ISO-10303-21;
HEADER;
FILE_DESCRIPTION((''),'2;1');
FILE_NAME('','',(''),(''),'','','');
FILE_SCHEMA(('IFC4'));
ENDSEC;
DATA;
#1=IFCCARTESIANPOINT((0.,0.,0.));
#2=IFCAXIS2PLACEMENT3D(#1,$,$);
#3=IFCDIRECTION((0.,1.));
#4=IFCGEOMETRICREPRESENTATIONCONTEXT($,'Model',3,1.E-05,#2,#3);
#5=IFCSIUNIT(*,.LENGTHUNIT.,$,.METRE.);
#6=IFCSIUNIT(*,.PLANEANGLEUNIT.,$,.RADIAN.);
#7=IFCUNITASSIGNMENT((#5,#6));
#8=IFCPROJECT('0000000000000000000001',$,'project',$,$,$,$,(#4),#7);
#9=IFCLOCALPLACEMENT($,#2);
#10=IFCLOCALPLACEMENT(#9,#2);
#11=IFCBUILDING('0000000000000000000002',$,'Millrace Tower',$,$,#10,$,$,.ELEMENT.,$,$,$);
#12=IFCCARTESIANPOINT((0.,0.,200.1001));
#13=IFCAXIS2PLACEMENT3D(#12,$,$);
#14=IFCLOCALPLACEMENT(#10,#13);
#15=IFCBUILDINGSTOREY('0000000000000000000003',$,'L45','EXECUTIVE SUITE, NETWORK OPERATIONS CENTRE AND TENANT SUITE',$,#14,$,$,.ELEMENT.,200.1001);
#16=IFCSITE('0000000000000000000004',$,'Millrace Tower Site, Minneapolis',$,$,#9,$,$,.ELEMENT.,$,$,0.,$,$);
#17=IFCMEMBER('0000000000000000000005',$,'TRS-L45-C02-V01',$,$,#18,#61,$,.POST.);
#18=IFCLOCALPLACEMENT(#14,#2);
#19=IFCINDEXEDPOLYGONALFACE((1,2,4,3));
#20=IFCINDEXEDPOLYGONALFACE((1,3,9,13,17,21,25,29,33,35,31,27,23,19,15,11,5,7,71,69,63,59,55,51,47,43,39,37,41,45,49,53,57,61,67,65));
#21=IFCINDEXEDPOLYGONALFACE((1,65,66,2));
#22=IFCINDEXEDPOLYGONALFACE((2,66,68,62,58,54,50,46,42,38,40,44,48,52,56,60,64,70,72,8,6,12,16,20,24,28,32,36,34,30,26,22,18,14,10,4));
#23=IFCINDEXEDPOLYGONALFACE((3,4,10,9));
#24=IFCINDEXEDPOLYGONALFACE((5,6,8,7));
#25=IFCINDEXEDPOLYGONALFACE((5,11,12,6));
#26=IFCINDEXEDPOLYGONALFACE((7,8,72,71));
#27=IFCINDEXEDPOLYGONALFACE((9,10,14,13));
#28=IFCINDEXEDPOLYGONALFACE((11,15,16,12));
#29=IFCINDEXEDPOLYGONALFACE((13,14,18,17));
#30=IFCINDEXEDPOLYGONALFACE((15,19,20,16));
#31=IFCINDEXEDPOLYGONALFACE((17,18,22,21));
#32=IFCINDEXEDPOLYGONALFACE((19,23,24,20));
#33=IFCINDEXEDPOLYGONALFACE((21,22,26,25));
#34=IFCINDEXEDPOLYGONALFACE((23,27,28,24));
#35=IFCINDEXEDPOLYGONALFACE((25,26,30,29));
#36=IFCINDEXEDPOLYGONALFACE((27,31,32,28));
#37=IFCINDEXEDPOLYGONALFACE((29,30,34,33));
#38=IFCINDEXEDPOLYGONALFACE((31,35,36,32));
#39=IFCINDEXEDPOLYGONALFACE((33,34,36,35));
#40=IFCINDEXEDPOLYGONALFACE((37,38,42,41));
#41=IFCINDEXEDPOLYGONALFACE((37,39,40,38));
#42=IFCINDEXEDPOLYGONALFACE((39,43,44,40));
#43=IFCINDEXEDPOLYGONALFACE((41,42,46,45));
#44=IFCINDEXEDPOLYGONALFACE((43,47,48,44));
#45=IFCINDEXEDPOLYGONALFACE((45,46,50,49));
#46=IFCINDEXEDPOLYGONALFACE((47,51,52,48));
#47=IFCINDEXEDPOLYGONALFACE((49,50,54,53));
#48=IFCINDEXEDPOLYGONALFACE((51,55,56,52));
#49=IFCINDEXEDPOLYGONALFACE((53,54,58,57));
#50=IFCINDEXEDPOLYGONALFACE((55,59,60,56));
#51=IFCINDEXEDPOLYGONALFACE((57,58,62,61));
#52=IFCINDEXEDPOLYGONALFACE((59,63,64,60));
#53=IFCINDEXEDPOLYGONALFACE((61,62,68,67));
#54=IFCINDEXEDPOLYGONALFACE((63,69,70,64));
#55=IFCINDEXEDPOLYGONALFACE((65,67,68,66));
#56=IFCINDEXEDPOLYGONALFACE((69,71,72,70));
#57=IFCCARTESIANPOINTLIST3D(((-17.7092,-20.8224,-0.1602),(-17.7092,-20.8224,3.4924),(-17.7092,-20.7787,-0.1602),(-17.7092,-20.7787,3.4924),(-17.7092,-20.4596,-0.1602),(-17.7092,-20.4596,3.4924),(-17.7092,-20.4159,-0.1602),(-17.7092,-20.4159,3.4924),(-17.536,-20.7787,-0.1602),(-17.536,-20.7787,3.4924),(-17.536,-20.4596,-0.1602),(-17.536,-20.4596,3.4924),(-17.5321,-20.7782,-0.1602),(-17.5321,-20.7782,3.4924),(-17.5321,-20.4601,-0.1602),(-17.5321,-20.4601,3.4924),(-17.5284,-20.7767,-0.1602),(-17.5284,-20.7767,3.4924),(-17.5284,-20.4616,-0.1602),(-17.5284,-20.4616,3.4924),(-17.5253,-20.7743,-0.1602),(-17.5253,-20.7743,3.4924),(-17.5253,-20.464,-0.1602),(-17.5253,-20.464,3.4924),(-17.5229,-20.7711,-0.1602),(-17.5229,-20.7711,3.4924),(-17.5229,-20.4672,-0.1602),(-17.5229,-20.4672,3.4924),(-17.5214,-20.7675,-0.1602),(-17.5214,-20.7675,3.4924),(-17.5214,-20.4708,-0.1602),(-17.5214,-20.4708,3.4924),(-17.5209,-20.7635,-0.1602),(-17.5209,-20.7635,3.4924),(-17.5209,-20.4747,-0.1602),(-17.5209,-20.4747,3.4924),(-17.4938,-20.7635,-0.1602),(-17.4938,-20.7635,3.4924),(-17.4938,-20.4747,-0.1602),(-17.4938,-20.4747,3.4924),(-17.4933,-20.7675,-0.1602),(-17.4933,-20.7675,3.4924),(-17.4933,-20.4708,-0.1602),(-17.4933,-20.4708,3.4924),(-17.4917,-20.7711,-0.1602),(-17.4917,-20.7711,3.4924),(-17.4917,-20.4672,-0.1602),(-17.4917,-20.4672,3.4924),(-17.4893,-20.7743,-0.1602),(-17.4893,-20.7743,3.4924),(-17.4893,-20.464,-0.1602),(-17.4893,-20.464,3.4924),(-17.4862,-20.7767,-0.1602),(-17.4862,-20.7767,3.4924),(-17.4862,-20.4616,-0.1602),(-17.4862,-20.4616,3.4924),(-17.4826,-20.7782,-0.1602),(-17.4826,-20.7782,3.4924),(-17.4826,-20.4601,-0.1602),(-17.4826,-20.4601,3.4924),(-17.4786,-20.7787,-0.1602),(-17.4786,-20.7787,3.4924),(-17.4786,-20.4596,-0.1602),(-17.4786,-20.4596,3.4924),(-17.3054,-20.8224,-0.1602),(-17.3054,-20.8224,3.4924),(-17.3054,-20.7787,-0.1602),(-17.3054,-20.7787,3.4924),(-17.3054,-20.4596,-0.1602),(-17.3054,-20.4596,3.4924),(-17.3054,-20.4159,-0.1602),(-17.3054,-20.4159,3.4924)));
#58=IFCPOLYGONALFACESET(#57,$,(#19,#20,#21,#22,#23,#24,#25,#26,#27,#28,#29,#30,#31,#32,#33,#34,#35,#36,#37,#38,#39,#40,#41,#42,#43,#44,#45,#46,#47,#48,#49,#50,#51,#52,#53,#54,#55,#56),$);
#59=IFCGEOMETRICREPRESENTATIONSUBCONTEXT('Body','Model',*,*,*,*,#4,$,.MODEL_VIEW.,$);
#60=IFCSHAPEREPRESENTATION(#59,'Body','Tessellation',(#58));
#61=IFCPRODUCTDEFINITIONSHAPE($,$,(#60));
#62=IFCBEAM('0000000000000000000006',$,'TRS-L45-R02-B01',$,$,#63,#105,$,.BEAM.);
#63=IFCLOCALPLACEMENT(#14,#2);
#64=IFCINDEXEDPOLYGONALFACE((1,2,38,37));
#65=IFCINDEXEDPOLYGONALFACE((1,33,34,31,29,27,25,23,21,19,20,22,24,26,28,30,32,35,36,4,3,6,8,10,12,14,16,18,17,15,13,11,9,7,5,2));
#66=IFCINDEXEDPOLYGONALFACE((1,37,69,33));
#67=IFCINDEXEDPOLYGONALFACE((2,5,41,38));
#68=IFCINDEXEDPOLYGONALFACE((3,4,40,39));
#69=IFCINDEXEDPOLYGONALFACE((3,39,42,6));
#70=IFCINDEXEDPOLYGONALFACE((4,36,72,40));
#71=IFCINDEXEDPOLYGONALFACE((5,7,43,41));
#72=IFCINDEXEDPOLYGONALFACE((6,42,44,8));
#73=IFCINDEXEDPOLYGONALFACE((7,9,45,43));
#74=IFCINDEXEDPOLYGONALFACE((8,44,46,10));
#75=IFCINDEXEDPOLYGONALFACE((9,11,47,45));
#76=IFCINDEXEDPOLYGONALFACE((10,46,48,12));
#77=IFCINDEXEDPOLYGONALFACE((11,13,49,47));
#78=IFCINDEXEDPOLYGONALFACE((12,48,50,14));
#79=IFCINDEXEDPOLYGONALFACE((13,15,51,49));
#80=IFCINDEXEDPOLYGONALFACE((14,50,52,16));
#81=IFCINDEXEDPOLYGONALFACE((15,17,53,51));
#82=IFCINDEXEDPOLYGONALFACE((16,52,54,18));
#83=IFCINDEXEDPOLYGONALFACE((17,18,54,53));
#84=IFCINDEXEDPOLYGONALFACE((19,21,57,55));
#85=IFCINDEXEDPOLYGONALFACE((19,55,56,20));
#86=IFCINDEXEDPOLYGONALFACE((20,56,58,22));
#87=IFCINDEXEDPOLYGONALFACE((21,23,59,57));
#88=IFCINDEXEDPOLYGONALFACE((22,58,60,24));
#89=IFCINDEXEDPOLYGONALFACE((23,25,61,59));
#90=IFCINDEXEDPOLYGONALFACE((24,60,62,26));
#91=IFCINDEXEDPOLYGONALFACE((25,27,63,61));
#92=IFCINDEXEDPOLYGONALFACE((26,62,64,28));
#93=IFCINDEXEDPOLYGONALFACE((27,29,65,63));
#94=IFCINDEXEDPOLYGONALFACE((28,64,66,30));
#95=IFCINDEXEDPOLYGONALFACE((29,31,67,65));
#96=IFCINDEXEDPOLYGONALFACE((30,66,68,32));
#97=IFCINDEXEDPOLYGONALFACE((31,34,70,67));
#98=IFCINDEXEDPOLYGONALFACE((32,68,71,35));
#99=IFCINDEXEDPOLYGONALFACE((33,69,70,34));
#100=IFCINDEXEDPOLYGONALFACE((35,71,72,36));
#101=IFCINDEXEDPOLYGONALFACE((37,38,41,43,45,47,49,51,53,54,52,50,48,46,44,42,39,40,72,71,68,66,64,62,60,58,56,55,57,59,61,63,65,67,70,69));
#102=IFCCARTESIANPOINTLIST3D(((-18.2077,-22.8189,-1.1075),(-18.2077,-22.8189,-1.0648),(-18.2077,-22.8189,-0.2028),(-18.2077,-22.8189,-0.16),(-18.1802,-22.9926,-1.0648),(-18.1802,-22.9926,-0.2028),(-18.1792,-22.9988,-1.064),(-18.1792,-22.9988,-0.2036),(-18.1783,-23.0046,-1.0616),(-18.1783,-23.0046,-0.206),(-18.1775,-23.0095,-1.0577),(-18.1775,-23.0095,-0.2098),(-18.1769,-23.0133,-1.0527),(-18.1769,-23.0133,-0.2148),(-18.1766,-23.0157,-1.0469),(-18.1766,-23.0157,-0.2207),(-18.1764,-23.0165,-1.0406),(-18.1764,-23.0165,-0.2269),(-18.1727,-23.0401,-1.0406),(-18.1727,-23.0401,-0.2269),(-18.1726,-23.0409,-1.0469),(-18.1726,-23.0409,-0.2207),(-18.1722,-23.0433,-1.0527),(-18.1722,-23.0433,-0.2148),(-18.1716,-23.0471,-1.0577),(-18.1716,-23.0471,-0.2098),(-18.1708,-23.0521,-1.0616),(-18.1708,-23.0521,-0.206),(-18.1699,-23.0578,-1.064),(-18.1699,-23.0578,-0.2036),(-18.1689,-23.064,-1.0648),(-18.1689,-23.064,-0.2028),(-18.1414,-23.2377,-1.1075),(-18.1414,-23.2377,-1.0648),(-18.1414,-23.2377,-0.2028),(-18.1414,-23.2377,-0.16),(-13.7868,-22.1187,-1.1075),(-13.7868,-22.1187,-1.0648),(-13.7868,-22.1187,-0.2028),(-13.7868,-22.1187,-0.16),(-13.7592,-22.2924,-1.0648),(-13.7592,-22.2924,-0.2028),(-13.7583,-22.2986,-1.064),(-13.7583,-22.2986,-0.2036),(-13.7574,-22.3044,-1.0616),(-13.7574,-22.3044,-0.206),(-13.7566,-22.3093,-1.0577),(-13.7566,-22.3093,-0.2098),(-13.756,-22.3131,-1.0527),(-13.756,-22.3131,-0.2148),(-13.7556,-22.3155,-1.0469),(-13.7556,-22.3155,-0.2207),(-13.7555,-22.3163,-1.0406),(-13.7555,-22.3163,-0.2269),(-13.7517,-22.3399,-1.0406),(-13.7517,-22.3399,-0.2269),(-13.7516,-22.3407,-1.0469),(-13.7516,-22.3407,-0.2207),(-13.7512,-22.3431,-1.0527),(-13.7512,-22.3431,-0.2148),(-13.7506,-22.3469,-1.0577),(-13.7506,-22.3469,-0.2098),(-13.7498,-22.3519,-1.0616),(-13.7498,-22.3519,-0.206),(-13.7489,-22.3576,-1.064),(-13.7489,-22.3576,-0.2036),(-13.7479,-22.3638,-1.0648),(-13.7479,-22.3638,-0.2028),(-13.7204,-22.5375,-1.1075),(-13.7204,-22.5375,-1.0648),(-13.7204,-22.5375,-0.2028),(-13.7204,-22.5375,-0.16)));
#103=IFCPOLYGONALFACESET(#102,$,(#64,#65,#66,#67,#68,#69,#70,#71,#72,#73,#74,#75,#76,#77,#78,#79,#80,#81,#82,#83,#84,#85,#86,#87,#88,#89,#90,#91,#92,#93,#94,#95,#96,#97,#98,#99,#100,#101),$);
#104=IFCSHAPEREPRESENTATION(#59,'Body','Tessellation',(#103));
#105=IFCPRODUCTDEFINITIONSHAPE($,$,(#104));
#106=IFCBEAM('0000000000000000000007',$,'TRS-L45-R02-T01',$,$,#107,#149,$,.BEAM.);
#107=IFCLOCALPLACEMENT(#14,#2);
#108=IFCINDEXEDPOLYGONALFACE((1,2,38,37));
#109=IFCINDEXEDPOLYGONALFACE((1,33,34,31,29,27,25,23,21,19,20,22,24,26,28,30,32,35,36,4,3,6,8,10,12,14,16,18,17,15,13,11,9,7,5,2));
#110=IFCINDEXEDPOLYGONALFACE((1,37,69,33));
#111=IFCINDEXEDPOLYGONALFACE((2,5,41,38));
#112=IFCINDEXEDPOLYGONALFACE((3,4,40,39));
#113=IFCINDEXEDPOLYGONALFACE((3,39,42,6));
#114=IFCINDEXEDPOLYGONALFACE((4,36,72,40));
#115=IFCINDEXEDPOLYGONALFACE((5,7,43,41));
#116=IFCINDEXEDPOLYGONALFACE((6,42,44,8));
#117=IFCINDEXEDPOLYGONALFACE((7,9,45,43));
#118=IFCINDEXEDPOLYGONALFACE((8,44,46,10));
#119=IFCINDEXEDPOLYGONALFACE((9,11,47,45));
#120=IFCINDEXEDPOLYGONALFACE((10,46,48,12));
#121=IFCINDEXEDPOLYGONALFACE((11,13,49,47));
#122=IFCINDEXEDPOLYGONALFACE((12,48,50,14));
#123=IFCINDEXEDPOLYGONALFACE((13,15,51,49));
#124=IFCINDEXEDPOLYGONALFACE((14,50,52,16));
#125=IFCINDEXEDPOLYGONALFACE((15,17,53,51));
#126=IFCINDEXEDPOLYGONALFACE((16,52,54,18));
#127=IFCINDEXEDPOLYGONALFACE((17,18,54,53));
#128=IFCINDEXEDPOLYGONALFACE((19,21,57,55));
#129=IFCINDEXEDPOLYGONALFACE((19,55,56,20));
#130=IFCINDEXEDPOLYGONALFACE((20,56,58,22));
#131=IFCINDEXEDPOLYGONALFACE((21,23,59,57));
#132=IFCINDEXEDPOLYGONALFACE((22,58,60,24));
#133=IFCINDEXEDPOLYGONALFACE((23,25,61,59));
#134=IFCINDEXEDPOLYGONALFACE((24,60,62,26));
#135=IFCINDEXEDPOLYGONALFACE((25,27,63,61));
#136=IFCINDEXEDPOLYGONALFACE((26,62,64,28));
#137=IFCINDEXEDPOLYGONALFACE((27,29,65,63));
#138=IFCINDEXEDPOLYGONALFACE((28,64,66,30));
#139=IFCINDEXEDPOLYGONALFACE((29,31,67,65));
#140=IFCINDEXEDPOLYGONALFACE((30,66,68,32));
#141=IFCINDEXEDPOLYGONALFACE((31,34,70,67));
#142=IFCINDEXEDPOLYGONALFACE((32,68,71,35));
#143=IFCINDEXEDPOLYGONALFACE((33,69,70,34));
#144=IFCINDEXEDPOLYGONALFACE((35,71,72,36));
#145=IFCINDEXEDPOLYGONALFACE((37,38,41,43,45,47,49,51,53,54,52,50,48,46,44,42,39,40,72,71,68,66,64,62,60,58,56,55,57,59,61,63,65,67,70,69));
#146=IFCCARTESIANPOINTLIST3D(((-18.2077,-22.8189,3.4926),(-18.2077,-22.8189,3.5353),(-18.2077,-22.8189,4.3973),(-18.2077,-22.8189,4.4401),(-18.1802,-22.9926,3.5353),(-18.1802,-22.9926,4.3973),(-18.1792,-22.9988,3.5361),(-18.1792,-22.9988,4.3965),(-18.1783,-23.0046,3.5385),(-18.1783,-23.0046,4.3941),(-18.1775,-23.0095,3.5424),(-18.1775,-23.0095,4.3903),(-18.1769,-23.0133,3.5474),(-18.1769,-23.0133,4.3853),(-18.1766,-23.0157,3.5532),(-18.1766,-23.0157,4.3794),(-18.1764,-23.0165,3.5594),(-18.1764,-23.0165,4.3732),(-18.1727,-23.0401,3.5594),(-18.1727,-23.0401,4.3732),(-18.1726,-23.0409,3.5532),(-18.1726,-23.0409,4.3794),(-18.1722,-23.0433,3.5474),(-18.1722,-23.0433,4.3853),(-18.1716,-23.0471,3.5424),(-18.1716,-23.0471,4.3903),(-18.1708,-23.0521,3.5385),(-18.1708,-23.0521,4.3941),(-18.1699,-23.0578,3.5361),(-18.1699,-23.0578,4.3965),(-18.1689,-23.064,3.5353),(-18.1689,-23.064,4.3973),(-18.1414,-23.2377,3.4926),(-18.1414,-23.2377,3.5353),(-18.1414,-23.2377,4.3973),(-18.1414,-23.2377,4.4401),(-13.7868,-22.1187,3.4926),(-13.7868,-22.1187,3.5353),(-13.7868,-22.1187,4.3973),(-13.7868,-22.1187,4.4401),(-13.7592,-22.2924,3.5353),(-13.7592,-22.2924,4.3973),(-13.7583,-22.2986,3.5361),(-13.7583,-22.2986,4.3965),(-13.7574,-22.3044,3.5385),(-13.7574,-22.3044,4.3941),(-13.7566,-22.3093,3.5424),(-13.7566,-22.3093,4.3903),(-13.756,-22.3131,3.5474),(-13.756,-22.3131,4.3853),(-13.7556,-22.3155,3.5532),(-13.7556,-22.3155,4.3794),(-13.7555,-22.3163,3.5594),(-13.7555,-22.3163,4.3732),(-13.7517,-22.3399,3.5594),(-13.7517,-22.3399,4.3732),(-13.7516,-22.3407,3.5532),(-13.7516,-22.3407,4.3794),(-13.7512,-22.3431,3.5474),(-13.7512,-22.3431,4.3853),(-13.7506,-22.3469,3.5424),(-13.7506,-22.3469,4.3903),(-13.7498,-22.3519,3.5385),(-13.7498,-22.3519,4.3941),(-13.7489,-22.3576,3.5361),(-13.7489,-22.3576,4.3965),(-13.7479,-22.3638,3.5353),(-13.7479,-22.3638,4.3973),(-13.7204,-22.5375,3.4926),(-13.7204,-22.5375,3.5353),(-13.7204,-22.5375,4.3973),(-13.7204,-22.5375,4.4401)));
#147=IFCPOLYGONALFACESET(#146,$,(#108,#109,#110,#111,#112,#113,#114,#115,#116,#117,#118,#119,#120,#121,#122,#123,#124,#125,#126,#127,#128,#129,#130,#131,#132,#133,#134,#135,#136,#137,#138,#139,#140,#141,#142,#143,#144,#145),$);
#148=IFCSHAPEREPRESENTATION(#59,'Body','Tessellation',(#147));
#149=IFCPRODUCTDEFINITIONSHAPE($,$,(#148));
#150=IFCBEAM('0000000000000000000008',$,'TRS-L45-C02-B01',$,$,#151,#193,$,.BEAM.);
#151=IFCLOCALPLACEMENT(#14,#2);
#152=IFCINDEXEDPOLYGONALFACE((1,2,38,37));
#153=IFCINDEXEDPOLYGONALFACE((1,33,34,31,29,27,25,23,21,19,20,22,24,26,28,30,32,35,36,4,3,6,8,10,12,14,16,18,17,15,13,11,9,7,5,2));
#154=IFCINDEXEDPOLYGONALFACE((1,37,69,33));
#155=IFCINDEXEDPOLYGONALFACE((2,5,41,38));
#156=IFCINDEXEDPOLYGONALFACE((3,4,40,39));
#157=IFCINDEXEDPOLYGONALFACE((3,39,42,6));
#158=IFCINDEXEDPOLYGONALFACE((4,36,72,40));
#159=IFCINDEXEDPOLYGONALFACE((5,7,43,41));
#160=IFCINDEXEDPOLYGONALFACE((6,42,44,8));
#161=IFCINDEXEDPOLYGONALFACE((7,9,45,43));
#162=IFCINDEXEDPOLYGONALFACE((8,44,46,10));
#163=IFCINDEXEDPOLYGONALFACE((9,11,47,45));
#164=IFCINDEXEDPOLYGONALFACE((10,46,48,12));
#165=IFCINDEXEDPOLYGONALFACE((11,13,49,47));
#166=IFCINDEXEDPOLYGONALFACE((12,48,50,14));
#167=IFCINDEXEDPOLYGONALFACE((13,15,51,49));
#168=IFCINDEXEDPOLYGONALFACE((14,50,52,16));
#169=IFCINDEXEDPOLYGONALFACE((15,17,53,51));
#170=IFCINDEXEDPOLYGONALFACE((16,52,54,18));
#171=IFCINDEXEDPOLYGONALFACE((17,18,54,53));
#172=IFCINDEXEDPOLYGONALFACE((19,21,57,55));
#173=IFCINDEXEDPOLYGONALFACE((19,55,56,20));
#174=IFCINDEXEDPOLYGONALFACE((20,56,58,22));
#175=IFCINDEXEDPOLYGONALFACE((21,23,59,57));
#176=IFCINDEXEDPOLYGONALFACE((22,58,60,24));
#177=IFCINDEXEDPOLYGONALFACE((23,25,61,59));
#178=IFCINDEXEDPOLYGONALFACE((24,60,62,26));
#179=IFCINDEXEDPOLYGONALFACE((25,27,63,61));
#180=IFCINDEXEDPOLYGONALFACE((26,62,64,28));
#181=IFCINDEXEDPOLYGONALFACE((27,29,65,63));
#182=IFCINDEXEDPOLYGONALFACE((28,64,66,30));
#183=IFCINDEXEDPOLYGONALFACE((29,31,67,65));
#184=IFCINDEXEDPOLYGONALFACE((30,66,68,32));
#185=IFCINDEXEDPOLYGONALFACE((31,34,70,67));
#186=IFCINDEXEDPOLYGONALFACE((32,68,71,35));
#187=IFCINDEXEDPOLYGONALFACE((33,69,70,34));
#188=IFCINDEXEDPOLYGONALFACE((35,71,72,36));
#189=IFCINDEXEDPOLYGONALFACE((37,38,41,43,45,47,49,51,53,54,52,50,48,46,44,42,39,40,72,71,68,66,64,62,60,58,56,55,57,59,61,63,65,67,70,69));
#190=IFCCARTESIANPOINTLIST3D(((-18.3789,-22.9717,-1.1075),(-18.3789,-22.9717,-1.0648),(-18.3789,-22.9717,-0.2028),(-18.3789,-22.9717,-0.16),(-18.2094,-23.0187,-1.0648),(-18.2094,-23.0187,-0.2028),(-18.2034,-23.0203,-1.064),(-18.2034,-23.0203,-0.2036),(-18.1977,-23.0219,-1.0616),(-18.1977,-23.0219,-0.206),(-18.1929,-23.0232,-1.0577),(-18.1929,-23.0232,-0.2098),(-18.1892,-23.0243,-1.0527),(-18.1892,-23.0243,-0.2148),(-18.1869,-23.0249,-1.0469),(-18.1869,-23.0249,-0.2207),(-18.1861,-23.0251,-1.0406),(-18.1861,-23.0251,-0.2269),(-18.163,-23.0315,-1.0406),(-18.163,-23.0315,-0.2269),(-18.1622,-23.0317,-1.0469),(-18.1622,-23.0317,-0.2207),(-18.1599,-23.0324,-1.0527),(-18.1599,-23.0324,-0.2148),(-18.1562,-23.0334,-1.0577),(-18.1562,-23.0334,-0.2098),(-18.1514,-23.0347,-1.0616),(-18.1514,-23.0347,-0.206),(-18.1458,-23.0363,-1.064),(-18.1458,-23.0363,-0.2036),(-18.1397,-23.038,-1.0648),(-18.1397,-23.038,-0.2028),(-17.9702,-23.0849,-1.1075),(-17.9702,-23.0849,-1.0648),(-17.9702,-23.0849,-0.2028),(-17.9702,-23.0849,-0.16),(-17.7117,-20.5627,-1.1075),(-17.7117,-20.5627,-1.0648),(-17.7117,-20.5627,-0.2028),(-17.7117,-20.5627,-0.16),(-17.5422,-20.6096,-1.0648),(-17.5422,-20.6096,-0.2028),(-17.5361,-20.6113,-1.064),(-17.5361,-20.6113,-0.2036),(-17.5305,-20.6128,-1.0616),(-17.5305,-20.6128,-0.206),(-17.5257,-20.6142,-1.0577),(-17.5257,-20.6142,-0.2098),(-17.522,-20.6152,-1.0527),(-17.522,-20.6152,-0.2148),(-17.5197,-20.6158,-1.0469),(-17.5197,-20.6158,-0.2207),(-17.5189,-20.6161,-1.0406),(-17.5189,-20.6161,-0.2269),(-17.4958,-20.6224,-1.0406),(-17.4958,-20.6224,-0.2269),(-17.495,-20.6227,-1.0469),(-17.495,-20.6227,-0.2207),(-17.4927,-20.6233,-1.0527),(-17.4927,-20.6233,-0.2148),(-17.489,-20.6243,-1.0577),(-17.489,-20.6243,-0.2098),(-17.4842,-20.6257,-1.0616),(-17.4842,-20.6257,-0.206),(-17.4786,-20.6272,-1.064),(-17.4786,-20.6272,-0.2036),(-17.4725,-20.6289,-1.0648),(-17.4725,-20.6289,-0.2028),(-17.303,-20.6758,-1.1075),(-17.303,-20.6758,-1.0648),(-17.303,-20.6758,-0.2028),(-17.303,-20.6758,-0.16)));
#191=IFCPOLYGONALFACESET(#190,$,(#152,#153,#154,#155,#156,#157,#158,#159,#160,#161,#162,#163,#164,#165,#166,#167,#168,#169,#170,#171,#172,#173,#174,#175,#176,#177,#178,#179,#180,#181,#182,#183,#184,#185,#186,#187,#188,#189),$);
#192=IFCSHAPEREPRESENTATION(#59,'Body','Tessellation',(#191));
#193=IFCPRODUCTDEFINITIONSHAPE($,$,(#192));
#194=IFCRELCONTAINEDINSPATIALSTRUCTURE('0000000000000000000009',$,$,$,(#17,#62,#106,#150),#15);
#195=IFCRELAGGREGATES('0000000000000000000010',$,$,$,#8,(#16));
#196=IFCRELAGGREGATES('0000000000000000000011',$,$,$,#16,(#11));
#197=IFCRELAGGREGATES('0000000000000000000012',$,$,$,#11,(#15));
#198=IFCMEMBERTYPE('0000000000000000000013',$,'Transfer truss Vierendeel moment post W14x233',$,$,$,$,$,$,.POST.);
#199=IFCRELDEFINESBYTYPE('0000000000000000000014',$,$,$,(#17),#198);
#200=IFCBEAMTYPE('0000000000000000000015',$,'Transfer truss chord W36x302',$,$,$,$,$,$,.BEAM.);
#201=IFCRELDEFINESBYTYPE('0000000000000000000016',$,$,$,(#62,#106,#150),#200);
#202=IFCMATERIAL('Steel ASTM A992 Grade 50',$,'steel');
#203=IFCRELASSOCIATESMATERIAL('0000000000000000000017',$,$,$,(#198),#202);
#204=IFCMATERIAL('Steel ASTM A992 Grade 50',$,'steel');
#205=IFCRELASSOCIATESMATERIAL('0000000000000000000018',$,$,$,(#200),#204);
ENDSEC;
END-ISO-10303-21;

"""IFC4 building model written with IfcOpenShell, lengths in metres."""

from ifc_helpers import new_model, si_unit, direction, frame, origin, origin_2d, place, context, subcontext, project, spatial, i_section, extrude, material, material_profile, profile_set, type_object, element, save


model = new_model("IFC4")

# Units and contexts
model_context = context("Model", 3, precision=1e-05, world=origin(), true_north=direction((0.0, 1.0)))
body_context = subcontext(model_context, "Body", "Model", "MODEL_VIEW")
ifc_project = project(units=[si_unit("LENGTHUNIT", "METRE"), si_unit("PLANEANGLEUNIT", "RADIAN")], contexts=[model_context])

# Site, building, storey
site_placement = place(None, origin())
site = spatial("IfcSite", under=ifc_project, at=site_placement, Name="Millrace Tower Site, Minneapolis", CompositionType="ELEMENT", RefElevation=0.0)
building_placement = place(site_placement, origin())
building = spatial("IfcBuilding", under=site, at=building_placement, Name="Millrace Tower", CompositionType="ELEMENT")
storey_placement = place(building_placement, frame((0.0, 0.0, 200.1001)))
storey = spatial("IfcBuildingStorey", under=building, at=storey_placement, Name="L45", Description="EXECUTIVE SUITE, NETWORK OPERATIONS CENTRE AND TENANT SUITE", CompositionType="ELEMENT", Elevation=200.1001)

# Member
ifc_material_1 = material(Name="Steel ASTM A992 Grade 50", Category="steel")
ifc_material_profile_1 = material_profile(ifc_material_1, i_section(OverallWidth=0.4038, OverallDepth=0.4065, WebThickness=0.0271, FlangeThickness=0.0437, FilletRadius=0.0151, at=origin_2d()))
ifc_profile_set_1 = profile_set([ifc_material_profile_1], Name="Steel ASTM A992 Grade 50")
member_type_1 = type_object("IfcMemberType", Name="Transfer truss Vierendeel moment post W14x233", PredefinedType="POST", material=ifc_profile_set_1)
member_1_placement = place(storey_placement, frame((-17.5073, -20.6191, -0.1602), z_axis=(0.0, 0.0, 1.0), x_axis=(1.0, 0.0, 0.0)))
element("IfcMember", 1, at=member_1_placement, inside=storey, type_object=member_type_1, Name="TRS-L45-C02-V01", PredefinedType="POST", context=body_context, shape_type="SweptSolid", body=[
    extrude(i_section(OverallWidth=0.4038, OverallDepth=0.4065, WebThickness=0.0271, FlangeThickness=0.0437, FilletRadius=0.0151, at=origin_2d()), origin(), (0.0, 0.0, 1.0), 3.6526),
])

# Beams
ifc_material_2 = material(Name="Steel ASTM A992 Grade 50", Category="steel")
ifc_material_profile_2 = material_profile(ifc_material_2, i_section(OverallWidth=0.4241, OverallDepth=0.9475, WebThickness=0.0239, FlangeThickness=0.0427, FilletRadius=0.0242, at=origin_2d()))
ifc_profile_set_2 = profile_set([ifc_material_profile_2], Name="Steel ASTM A992 Grade 50")
beam_type_1 = type_object("IfcBeamType", Name="Transfer truss chord W36x302", PredefinedType="BEAM", material=ifc_profile_set_2)
for number, where, z_axis, x_axis, name in (
    (2, (-18.1746, -23.0283, -0.6338), (0.987689, 0.156433, 0.0), (-0.156433, 0.987689, 0.0), "TRS-L45-R02-B01"),
    (3, (-18.1746, -23.0283, 3.9663), (0.987689, 0.156433, 0.0), (-0.156433, 0.987689, 0.0), "TRS-L45-R02-T01"),
):
    element("IfcBeam", number, at=place(storey_placement, frame(where, z_axis=z_axis, x_axis=x_axis)), inside=storey, type_object=beam_type_1, Name=name, PredefinedType="BEAM", context=body_context, shape_type="SweptSolid", body=[
        extrude(i_section(OverallWidth=0.4241, OverallDepth=0.9475, WebThickness=0.0239, FlangeThickness=0.0427, FilletRadius=0.0242, at=origin_2d()), origin(), (0.0, 0.0, 1.0), 4.4761),
    ])
for number, where, z_axis, x_axis, name in (
    (4, (-18.1746, -23.0283, -0.6338), (0.266908, 0.963722, 0.0), (-0.963722, 0.266908, 0.0), "TRS-L45-C02-B01"),
):
    element("IfcBeam", number, at=place(storey_placement, frame(where, z_axis=z_axis, x_axis=x_axis)), inside=storey, type_object=beam_type_1, Name=name, PredefinedType="BEAM", context=body_context, shape_type="SweptSolid", body=[
        extrude(i_section(OverallWidth=0.4241, OverallDepth=0.9475, WebThickness=0.0239, FlangeThickness=0.0427, FilletRadius=0.0242, at=origin_2d()), origin(), (0.0, 0.0, 1.0), 2.4998),
    ])

save(model, "model.ifc")
